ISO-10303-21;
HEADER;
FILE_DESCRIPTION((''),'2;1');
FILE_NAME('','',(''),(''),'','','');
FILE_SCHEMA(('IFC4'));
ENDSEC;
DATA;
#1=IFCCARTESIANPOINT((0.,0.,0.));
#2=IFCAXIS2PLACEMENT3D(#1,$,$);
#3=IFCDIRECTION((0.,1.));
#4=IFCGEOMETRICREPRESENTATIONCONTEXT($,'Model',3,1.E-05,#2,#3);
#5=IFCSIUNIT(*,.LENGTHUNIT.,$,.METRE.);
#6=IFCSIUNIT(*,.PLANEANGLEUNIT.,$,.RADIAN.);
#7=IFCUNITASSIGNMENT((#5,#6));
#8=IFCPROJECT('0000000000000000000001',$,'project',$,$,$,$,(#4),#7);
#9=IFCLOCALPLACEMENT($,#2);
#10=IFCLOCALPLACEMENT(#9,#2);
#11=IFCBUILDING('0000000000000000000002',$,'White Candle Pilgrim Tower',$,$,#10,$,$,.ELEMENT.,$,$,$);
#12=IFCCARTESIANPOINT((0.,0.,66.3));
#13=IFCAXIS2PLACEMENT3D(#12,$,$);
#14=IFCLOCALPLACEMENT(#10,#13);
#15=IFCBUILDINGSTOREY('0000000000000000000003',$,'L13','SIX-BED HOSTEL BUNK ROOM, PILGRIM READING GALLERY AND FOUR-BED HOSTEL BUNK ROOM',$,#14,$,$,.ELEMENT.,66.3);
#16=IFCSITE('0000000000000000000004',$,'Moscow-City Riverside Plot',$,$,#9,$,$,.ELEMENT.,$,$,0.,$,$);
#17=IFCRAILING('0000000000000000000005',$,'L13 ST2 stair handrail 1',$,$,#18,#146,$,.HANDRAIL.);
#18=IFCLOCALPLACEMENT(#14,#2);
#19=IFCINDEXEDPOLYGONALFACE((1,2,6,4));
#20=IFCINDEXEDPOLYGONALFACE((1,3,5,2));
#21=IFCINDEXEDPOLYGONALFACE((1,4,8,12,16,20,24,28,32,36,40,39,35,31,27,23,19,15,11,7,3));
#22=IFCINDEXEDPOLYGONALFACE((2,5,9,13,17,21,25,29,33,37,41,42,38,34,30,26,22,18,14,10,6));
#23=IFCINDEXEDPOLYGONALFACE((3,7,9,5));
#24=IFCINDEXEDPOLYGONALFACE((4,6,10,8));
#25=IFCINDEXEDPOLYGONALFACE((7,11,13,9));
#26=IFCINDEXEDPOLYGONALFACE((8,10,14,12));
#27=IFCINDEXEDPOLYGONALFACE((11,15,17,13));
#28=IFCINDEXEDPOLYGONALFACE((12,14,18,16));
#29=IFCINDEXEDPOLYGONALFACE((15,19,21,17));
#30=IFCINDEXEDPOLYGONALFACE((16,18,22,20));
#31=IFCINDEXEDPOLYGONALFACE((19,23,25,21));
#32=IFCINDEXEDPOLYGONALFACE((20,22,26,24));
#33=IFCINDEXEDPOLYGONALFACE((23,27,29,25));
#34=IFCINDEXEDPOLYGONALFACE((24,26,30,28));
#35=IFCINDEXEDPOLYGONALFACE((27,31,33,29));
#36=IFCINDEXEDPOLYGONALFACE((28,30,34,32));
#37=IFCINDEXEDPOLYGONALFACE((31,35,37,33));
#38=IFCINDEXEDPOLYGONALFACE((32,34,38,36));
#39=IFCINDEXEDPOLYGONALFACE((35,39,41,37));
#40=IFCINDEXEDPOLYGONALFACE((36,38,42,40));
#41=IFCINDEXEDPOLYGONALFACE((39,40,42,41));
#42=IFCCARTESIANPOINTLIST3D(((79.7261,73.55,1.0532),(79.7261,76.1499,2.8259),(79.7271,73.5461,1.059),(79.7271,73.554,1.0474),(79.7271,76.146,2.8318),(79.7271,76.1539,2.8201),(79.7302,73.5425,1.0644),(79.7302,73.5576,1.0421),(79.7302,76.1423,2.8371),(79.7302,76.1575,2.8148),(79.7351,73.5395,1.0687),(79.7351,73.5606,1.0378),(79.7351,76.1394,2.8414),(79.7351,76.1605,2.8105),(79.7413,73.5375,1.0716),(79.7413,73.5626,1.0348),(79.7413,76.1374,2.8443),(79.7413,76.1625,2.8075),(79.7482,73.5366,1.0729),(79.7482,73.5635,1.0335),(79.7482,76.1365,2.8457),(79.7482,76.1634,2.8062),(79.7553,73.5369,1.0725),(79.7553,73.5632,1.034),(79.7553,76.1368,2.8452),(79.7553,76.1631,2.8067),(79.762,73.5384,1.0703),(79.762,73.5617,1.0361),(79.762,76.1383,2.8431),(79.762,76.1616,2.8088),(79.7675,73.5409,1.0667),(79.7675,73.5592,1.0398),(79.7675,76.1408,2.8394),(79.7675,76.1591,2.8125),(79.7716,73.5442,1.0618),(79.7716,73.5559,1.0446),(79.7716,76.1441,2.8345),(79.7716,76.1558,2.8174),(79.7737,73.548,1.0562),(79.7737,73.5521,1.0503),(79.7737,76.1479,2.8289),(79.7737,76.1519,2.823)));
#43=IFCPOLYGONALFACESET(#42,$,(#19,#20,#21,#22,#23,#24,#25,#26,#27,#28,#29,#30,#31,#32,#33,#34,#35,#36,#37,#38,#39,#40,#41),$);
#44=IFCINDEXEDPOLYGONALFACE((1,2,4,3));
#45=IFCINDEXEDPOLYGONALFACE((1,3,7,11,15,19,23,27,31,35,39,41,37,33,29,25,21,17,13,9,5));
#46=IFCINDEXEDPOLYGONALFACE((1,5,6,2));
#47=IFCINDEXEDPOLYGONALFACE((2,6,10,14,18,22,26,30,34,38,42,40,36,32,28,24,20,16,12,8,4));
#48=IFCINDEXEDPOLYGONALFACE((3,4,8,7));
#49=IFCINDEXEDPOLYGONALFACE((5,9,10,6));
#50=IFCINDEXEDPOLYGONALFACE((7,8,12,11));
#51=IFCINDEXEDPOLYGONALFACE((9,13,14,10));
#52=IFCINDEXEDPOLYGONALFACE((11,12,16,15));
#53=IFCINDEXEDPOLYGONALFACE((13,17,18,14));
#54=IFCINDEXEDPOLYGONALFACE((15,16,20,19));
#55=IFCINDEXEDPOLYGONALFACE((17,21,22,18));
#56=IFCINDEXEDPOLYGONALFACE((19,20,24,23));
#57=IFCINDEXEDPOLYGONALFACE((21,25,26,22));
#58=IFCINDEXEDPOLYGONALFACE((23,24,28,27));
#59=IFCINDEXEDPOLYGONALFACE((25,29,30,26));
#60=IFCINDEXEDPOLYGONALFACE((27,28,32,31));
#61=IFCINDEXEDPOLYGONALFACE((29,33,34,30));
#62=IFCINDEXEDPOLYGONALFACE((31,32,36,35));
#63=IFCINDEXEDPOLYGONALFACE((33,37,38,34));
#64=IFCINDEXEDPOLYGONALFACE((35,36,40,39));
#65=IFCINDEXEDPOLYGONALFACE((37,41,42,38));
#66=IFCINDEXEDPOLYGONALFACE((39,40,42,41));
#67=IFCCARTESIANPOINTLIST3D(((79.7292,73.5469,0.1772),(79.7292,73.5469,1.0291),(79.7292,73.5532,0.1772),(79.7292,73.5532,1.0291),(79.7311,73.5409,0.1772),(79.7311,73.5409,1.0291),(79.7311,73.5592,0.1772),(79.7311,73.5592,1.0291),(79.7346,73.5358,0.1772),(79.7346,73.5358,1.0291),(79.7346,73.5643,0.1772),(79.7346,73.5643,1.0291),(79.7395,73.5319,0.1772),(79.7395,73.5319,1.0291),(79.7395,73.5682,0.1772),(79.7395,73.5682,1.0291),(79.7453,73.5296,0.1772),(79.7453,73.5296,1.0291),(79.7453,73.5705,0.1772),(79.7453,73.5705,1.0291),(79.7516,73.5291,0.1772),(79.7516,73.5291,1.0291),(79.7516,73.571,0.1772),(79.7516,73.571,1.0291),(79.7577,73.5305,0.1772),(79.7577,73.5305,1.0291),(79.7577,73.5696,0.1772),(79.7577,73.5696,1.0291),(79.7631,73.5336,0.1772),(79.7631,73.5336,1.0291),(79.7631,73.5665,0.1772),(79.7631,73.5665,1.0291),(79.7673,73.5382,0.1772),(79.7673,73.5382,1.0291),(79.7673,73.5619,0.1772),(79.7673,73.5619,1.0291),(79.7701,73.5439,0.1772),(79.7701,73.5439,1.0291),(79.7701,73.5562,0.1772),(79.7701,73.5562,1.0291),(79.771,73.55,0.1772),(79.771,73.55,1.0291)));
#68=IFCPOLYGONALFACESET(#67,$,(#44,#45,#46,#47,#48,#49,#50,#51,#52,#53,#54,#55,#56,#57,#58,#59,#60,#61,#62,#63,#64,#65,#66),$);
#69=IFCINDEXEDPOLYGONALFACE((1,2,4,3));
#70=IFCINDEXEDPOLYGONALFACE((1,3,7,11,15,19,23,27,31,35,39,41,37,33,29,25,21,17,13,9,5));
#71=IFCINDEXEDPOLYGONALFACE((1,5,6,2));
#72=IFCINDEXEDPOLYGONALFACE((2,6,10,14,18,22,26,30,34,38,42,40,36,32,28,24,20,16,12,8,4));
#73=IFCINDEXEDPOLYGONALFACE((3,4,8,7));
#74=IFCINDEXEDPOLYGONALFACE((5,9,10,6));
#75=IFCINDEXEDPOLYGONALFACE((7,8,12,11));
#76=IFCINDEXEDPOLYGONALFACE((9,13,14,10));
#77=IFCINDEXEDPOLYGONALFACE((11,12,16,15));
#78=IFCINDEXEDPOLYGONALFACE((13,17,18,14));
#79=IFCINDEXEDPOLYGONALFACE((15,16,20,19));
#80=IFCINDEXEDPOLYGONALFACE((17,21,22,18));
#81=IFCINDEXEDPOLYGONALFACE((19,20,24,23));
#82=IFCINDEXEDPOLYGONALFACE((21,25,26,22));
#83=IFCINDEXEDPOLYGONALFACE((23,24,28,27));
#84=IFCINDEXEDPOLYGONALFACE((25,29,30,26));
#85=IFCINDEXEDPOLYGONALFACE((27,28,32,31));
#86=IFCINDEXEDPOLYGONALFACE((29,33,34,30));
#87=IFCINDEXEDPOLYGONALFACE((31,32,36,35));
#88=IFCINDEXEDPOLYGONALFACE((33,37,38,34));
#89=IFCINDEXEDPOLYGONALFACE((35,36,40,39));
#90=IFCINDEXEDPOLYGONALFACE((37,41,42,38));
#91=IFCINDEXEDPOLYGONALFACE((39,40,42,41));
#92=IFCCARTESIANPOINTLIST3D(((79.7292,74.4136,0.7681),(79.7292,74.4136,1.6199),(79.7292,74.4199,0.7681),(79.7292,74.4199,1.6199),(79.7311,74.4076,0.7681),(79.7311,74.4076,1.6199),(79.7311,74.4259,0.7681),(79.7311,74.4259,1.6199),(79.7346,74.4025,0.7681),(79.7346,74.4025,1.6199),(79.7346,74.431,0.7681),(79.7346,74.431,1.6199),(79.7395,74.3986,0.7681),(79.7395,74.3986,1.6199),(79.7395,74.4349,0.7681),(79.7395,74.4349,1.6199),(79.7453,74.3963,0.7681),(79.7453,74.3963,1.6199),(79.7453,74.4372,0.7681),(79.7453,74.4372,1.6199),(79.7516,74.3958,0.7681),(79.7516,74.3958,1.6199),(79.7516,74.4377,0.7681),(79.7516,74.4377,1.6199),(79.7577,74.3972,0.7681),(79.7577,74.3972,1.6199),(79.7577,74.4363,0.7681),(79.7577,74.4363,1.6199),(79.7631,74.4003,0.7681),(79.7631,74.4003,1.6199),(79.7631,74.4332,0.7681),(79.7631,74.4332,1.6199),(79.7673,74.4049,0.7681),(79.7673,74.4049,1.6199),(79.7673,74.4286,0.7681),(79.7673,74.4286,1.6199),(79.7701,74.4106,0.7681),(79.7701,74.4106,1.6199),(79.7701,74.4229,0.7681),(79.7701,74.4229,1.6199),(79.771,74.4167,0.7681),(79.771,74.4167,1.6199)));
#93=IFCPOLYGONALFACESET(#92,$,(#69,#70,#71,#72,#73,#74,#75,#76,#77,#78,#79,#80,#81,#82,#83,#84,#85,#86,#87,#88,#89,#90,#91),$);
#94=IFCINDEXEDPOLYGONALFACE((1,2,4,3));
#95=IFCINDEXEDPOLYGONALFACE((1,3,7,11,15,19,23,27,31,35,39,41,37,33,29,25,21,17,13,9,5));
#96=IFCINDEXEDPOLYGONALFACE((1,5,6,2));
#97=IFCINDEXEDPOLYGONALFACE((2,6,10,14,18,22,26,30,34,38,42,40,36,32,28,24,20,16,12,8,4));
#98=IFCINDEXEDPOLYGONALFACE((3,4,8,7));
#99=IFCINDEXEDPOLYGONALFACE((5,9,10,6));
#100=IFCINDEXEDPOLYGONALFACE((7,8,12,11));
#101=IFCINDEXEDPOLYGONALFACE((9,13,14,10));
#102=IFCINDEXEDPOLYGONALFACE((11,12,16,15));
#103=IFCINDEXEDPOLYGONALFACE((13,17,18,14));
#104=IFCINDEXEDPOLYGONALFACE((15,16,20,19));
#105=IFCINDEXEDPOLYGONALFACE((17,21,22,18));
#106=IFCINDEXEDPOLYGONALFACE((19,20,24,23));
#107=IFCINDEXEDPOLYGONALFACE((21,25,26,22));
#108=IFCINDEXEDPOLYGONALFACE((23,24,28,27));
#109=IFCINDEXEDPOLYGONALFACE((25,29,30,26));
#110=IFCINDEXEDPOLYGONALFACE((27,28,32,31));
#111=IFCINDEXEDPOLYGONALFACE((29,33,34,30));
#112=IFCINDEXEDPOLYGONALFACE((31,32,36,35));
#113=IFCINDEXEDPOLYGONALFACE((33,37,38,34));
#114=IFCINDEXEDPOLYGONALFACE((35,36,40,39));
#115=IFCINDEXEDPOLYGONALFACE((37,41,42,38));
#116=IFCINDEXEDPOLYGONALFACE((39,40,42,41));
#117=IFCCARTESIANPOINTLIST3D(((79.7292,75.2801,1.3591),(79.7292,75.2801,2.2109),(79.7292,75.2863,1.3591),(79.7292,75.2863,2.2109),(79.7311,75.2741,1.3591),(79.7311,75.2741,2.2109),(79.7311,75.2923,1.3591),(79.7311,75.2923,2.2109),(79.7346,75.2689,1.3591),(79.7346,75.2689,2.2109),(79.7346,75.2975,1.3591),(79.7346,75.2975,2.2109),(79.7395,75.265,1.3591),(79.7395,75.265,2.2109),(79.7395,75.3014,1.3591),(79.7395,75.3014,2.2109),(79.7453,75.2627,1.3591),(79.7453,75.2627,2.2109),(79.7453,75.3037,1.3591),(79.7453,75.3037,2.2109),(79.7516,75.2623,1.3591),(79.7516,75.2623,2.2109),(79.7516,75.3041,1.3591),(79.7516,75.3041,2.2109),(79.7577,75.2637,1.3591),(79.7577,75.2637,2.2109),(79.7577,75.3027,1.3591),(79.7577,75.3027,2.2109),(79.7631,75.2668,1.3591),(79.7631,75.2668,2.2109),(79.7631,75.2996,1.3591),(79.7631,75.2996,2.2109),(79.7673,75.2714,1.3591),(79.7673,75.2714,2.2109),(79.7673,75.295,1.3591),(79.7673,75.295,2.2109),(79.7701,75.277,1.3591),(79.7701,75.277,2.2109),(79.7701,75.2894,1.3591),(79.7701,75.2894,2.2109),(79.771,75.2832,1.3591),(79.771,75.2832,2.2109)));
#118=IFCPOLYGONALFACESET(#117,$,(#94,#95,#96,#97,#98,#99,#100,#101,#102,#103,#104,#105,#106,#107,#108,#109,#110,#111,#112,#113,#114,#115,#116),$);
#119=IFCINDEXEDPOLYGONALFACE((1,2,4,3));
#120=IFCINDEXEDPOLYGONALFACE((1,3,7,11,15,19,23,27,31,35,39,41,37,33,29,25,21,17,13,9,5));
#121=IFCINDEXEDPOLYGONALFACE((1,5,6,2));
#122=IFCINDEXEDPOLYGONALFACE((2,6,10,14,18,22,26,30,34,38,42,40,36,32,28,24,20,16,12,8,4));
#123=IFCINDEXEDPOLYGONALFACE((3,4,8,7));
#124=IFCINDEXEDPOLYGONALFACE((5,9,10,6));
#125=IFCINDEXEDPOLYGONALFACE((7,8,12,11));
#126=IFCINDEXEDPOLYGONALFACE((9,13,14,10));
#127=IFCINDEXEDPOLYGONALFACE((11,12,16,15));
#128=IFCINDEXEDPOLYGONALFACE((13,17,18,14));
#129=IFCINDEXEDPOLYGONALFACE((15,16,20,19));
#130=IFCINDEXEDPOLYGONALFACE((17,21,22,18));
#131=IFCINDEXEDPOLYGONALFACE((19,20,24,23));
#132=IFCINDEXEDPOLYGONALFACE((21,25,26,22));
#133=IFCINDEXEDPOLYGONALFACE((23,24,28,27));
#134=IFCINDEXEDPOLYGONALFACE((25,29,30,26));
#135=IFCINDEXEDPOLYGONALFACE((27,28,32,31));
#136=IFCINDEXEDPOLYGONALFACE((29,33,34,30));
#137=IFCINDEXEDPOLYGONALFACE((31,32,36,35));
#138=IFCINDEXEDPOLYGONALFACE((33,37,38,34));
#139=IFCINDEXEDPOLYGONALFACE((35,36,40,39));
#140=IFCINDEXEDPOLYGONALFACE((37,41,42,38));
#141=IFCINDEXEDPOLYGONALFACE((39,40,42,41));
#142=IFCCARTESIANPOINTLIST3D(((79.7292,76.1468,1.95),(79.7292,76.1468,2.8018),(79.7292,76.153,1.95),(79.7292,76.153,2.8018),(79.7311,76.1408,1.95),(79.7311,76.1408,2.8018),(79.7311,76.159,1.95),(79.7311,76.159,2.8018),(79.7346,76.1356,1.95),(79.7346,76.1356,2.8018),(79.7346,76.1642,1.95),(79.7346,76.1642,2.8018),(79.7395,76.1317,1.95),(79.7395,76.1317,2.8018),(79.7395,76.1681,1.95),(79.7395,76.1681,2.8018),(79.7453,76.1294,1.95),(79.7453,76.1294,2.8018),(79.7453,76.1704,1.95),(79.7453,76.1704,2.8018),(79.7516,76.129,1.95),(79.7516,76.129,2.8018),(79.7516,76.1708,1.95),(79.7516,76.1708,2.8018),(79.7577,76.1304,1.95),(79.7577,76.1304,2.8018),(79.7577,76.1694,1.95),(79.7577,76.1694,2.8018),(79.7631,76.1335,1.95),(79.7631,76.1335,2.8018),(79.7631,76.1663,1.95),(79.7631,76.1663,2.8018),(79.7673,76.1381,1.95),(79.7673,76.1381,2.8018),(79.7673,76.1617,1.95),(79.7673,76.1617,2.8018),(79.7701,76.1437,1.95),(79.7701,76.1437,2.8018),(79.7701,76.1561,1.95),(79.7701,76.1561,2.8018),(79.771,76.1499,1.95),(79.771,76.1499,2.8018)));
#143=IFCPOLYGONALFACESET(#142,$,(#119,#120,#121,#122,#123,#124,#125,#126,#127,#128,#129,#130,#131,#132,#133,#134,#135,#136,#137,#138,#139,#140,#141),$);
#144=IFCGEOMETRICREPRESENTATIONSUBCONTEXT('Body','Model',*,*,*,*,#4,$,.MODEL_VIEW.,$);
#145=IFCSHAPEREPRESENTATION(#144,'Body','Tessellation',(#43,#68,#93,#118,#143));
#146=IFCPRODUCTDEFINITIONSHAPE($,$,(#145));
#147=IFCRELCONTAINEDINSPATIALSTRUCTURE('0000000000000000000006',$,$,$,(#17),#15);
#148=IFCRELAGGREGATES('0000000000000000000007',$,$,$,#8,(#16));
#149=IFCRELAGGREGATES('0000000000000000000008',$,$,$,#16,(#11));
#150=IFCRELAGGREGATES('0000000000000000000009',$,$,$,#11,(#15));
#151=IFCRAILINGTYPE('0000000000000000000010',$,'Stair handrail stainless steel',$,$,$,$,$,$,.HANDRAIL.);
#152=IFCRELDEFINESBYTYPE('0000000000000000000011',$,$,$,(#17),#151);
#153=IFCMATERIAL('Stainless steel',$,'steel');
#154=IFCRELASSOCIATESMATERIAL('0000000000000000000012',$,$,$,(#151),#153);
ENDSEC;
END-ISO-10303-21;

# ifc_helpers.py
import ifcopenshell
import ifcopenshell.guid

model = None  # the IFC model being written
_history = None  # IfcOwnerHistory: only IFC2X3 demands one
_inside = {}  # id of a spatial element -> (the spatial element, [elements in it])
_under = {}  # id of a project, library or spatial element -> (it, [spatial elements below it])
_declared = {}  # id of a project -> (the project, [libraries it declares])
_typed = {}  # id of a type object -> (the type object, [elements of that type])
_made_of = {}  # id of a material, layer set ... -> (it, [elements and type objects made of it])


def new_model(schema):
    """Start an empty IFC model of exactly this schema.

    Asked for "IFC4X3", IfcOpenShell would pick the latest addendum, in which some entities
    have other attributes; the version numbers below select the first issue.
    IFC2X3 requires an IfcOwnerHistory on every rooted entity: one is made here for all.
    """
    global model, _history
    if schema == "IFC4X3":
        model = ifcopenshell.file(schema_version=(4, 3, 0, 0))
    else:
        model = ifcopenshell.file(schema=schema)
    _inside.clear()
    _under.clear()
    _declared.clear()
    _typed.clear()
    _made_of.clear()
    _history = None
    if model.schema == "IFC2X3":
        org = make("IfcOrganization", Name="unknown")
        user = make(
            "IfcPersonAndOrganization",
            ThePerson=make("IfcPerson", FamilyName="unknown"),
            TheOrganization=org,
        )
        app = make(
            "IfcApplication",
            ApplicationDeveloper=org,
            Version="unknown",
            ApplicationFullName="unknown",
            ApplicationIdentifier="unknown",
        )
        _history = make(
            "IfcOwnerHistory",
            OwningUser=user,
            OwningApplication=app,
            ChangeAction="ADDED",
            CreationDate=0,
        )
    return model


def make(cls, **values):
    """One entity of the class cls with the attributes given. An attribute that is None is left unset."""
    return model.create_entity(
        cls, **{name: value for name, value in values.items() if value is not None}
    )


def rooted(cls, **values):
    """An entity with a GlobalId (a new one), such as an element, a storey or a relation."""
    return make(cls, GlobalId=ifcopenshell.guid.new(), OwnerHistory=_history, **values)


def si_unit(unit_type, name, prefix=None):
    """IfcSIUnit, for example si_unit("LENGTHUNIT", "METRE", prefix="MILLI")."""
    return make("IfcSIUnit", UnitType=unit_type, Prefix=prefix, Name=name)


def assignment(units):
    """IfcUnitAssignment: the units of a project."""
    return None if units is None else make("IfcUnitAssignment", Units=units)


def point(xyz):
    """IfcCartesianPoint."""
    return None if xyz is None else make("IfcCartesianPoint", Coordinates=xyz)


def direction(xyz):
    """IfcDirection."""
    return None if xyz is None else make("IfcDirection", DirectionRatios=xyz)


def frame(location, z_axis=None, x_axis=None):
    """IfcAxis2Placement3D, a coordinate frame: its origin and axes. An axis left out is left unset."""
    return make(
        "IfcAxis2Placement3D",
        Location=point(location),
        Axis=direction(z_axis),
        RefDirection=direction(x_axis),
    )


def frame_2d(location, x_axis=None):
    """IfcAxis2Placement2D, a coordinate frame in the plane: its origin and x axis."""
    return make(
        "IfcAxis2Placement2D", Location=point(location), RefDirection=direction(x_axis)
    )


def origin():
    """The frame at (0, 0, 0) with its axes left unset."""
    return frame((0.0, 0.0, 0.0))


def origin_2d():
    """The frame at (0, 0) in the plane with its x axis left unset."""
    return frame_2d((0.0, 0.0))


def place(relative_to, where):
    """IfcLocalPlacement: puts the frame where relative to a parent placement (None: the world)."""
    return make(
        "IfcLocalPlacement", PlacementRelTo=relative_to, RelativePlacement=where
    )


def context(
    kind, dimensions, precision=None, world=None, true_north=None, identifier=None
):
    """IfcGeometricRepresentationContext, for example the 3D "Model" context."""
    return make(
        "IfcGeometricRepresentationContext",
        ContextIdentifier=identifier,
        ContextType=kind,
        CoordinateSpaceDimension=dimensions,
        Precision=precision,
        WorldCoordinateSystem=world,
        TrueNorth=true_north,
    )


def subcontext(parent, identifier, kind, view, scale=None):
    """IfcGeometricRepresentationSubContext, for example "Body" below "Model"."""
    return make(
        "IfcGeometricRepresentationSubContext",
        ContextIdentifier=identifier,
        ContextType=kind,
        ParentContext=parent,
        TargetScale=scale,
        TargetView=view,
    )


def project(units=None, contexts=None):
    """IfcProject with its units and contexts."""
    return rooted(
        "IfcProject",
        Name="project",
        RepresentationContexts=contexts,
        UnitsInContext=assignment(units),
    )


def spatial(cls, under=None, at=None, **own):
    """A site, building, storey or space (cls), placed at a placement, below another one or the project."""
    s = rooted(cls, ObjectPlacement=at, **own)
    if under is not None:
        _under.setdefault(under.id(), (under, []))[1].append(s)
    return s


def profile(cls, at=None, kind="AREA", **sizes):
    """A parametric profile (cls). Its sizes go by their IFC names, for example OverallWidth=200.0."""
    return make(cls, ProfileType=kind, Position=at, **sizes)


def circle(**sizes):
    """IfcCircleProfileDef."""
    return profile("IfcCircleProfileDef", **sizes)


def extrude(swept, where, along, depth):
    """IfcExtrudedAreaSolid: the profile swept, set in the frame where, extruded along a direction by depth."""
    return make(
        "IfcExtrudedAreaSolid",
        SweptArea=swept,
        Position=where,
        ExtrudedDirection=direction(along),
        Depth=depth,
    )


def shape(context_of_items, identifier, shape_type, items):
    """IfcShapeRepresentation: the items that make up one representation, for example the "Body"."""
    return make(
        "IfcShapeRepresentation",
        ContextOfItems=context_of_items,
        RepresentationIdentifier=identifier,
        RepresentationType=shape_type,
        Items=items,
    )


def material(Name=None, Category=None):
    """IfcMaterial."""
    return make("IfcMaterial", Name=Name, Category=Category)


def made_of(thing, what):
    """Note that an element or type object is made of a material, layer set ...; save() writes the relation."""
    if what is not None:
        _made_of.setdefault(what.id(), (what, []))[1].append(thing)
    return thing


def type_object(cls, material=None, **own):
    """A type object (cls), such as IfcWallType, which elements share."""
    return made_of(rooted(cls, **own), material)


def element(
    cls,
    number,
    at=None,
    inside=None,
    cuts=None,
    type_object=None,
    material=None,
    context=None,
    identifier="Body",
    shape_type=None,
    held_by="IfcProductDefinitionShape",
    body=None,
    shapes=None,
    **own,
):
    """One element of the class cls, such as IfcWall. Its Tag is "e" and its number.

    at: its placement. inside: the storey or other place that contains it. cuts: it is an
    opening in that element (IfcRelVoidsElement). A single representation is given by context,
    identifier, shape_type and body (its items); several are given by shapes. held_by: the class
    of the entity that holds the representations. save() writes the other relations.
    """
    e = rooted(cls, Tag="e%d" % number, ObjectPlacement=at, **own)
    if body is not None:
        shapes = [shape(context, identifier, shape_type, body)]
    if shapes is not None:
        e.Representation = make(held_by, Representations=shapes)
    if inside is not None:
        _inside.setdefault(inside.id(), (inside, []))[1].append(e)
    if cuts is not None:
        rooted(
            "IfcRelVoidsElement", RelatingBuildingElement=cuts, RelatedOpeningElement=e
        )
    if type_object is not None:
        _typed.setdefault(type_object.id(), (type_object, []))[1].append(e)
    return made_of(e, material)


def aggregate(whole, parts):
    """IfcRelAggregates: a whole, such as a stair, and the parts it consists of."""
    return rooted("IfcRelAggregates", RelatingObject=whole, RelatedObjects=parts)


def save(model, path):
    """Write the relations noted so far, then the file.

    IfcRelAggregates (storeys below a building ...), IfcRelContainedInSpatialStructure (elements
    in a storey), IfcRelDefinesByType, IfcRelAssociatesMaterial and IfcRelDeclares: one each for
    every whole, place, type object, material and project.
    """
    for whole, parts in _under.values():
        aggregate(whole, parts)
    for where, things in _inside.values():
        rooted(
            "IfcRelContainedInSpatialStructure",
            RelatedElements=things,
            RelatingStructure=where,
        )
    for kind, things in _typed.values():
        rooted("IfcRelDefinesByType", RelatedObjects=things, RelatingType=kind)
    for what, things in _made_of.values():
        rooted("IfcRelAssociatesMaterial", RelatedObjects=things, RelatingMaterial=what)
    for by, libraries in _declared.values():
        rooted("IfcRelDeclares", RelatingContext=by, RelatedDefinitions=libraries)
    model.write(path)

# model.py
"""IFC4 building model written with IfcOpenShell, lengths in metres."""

from ifc_helpers import new_model, si_unit, direction, frame, origin, origin_2d, place, context, subcontext, project, spatial, circle, extrude, material, type_object, element, save


model = new_model("IFC4")

# Units and contexts
model_context = context("Model", 3, precision=1e-05, world=origin(), true_north=direction((0.0, 1.0)))
body_context = subcontext(model_context, "Body", "Model", "MODEL_VIEW")
ifc_project = project(units=[si_unit("LENGTHUNIT", "METRE"), si_unit("PLANEANGLEUNIT", "RADIAN")], contexts=[model_context])

# Site, building, storey
site_placement = place(None, origin())
site = spatial("IfcSite", under=ifc_project, at=site_placement, Name="Moscow-City Riverside Plot", CompositionType="ELEMENT", RefElevation=0.0)
building_placement = place(site_placement, origin())
building = spatial("IfcBuilding", under=site, at=building_placement, Name="White Candle Pilgrim Tower", CompositionType="ELEMENT")
storey_placement = place(building_placement, frame((0.0, 0.0, 66.3)))
storey = spatial("IfcBuildingStorey", under=building, at=storey_placement, Name="L13", Description="SIX-BED HOSTEL BUNK ROOM, PILGRIM READING GALLERY AND FOUR-BED HOSTEL BUNK ROOM", CompositionType="ELEMENT", Elevation=66.3)

# Railing
ifc_material_1 = material(Name="Stainless steel", Category="steel")
railing_type_1 = type_object("IfcRailingType", Name="Stair handrail stainless steel", PredefinedType="HANDRAIL", material=ifc_material_1)
railing_1_placement = place(storey_placement, frame((79.75, 73.55, 0.1772)))
element("IfcRailing", 1, at=railing_1_placement, inside=storey, type_object=railing_type_1, Name="L13 ST2 stair handrail 1", PredefinedType="HANDRAIL", context=body_context, shape_type="SweptSolid", body=[
    extrude(circle(Radius=0.0239, at=origin_2d()), frame((0.0, 0.0, 0.876), z_axis=(0.0, 0.826216, 0.563354), x_axis=(-1.0, 0.0, 0.0)), (0.0, 0.0, 1.0), 3.1467),
    extrude(circle(Radius=0.021, at=origin_2d()), origin(), (0.0, 0.0, 1.0), 0.8518),
    extrude(circle(Radius=0.021, at=origin_2d()), frame((0.0, 0.8667, 0.5908)), (0.0, 0.0, 1.0), 0.8518),
    extrude(circle(Radius=0.021, at=origin_2d()), frame((0.0, 1.7332, 1.1819)), (0.0, 0.0, 1.0), 0.8518),
    extrude(circle(Radius=0.021, at=origin_2d()), frame((0.0, 2.5999, 1.7727)), (0.0, 0.0, 1.0), 0.8518),
])

save(model, "model.ifc")
